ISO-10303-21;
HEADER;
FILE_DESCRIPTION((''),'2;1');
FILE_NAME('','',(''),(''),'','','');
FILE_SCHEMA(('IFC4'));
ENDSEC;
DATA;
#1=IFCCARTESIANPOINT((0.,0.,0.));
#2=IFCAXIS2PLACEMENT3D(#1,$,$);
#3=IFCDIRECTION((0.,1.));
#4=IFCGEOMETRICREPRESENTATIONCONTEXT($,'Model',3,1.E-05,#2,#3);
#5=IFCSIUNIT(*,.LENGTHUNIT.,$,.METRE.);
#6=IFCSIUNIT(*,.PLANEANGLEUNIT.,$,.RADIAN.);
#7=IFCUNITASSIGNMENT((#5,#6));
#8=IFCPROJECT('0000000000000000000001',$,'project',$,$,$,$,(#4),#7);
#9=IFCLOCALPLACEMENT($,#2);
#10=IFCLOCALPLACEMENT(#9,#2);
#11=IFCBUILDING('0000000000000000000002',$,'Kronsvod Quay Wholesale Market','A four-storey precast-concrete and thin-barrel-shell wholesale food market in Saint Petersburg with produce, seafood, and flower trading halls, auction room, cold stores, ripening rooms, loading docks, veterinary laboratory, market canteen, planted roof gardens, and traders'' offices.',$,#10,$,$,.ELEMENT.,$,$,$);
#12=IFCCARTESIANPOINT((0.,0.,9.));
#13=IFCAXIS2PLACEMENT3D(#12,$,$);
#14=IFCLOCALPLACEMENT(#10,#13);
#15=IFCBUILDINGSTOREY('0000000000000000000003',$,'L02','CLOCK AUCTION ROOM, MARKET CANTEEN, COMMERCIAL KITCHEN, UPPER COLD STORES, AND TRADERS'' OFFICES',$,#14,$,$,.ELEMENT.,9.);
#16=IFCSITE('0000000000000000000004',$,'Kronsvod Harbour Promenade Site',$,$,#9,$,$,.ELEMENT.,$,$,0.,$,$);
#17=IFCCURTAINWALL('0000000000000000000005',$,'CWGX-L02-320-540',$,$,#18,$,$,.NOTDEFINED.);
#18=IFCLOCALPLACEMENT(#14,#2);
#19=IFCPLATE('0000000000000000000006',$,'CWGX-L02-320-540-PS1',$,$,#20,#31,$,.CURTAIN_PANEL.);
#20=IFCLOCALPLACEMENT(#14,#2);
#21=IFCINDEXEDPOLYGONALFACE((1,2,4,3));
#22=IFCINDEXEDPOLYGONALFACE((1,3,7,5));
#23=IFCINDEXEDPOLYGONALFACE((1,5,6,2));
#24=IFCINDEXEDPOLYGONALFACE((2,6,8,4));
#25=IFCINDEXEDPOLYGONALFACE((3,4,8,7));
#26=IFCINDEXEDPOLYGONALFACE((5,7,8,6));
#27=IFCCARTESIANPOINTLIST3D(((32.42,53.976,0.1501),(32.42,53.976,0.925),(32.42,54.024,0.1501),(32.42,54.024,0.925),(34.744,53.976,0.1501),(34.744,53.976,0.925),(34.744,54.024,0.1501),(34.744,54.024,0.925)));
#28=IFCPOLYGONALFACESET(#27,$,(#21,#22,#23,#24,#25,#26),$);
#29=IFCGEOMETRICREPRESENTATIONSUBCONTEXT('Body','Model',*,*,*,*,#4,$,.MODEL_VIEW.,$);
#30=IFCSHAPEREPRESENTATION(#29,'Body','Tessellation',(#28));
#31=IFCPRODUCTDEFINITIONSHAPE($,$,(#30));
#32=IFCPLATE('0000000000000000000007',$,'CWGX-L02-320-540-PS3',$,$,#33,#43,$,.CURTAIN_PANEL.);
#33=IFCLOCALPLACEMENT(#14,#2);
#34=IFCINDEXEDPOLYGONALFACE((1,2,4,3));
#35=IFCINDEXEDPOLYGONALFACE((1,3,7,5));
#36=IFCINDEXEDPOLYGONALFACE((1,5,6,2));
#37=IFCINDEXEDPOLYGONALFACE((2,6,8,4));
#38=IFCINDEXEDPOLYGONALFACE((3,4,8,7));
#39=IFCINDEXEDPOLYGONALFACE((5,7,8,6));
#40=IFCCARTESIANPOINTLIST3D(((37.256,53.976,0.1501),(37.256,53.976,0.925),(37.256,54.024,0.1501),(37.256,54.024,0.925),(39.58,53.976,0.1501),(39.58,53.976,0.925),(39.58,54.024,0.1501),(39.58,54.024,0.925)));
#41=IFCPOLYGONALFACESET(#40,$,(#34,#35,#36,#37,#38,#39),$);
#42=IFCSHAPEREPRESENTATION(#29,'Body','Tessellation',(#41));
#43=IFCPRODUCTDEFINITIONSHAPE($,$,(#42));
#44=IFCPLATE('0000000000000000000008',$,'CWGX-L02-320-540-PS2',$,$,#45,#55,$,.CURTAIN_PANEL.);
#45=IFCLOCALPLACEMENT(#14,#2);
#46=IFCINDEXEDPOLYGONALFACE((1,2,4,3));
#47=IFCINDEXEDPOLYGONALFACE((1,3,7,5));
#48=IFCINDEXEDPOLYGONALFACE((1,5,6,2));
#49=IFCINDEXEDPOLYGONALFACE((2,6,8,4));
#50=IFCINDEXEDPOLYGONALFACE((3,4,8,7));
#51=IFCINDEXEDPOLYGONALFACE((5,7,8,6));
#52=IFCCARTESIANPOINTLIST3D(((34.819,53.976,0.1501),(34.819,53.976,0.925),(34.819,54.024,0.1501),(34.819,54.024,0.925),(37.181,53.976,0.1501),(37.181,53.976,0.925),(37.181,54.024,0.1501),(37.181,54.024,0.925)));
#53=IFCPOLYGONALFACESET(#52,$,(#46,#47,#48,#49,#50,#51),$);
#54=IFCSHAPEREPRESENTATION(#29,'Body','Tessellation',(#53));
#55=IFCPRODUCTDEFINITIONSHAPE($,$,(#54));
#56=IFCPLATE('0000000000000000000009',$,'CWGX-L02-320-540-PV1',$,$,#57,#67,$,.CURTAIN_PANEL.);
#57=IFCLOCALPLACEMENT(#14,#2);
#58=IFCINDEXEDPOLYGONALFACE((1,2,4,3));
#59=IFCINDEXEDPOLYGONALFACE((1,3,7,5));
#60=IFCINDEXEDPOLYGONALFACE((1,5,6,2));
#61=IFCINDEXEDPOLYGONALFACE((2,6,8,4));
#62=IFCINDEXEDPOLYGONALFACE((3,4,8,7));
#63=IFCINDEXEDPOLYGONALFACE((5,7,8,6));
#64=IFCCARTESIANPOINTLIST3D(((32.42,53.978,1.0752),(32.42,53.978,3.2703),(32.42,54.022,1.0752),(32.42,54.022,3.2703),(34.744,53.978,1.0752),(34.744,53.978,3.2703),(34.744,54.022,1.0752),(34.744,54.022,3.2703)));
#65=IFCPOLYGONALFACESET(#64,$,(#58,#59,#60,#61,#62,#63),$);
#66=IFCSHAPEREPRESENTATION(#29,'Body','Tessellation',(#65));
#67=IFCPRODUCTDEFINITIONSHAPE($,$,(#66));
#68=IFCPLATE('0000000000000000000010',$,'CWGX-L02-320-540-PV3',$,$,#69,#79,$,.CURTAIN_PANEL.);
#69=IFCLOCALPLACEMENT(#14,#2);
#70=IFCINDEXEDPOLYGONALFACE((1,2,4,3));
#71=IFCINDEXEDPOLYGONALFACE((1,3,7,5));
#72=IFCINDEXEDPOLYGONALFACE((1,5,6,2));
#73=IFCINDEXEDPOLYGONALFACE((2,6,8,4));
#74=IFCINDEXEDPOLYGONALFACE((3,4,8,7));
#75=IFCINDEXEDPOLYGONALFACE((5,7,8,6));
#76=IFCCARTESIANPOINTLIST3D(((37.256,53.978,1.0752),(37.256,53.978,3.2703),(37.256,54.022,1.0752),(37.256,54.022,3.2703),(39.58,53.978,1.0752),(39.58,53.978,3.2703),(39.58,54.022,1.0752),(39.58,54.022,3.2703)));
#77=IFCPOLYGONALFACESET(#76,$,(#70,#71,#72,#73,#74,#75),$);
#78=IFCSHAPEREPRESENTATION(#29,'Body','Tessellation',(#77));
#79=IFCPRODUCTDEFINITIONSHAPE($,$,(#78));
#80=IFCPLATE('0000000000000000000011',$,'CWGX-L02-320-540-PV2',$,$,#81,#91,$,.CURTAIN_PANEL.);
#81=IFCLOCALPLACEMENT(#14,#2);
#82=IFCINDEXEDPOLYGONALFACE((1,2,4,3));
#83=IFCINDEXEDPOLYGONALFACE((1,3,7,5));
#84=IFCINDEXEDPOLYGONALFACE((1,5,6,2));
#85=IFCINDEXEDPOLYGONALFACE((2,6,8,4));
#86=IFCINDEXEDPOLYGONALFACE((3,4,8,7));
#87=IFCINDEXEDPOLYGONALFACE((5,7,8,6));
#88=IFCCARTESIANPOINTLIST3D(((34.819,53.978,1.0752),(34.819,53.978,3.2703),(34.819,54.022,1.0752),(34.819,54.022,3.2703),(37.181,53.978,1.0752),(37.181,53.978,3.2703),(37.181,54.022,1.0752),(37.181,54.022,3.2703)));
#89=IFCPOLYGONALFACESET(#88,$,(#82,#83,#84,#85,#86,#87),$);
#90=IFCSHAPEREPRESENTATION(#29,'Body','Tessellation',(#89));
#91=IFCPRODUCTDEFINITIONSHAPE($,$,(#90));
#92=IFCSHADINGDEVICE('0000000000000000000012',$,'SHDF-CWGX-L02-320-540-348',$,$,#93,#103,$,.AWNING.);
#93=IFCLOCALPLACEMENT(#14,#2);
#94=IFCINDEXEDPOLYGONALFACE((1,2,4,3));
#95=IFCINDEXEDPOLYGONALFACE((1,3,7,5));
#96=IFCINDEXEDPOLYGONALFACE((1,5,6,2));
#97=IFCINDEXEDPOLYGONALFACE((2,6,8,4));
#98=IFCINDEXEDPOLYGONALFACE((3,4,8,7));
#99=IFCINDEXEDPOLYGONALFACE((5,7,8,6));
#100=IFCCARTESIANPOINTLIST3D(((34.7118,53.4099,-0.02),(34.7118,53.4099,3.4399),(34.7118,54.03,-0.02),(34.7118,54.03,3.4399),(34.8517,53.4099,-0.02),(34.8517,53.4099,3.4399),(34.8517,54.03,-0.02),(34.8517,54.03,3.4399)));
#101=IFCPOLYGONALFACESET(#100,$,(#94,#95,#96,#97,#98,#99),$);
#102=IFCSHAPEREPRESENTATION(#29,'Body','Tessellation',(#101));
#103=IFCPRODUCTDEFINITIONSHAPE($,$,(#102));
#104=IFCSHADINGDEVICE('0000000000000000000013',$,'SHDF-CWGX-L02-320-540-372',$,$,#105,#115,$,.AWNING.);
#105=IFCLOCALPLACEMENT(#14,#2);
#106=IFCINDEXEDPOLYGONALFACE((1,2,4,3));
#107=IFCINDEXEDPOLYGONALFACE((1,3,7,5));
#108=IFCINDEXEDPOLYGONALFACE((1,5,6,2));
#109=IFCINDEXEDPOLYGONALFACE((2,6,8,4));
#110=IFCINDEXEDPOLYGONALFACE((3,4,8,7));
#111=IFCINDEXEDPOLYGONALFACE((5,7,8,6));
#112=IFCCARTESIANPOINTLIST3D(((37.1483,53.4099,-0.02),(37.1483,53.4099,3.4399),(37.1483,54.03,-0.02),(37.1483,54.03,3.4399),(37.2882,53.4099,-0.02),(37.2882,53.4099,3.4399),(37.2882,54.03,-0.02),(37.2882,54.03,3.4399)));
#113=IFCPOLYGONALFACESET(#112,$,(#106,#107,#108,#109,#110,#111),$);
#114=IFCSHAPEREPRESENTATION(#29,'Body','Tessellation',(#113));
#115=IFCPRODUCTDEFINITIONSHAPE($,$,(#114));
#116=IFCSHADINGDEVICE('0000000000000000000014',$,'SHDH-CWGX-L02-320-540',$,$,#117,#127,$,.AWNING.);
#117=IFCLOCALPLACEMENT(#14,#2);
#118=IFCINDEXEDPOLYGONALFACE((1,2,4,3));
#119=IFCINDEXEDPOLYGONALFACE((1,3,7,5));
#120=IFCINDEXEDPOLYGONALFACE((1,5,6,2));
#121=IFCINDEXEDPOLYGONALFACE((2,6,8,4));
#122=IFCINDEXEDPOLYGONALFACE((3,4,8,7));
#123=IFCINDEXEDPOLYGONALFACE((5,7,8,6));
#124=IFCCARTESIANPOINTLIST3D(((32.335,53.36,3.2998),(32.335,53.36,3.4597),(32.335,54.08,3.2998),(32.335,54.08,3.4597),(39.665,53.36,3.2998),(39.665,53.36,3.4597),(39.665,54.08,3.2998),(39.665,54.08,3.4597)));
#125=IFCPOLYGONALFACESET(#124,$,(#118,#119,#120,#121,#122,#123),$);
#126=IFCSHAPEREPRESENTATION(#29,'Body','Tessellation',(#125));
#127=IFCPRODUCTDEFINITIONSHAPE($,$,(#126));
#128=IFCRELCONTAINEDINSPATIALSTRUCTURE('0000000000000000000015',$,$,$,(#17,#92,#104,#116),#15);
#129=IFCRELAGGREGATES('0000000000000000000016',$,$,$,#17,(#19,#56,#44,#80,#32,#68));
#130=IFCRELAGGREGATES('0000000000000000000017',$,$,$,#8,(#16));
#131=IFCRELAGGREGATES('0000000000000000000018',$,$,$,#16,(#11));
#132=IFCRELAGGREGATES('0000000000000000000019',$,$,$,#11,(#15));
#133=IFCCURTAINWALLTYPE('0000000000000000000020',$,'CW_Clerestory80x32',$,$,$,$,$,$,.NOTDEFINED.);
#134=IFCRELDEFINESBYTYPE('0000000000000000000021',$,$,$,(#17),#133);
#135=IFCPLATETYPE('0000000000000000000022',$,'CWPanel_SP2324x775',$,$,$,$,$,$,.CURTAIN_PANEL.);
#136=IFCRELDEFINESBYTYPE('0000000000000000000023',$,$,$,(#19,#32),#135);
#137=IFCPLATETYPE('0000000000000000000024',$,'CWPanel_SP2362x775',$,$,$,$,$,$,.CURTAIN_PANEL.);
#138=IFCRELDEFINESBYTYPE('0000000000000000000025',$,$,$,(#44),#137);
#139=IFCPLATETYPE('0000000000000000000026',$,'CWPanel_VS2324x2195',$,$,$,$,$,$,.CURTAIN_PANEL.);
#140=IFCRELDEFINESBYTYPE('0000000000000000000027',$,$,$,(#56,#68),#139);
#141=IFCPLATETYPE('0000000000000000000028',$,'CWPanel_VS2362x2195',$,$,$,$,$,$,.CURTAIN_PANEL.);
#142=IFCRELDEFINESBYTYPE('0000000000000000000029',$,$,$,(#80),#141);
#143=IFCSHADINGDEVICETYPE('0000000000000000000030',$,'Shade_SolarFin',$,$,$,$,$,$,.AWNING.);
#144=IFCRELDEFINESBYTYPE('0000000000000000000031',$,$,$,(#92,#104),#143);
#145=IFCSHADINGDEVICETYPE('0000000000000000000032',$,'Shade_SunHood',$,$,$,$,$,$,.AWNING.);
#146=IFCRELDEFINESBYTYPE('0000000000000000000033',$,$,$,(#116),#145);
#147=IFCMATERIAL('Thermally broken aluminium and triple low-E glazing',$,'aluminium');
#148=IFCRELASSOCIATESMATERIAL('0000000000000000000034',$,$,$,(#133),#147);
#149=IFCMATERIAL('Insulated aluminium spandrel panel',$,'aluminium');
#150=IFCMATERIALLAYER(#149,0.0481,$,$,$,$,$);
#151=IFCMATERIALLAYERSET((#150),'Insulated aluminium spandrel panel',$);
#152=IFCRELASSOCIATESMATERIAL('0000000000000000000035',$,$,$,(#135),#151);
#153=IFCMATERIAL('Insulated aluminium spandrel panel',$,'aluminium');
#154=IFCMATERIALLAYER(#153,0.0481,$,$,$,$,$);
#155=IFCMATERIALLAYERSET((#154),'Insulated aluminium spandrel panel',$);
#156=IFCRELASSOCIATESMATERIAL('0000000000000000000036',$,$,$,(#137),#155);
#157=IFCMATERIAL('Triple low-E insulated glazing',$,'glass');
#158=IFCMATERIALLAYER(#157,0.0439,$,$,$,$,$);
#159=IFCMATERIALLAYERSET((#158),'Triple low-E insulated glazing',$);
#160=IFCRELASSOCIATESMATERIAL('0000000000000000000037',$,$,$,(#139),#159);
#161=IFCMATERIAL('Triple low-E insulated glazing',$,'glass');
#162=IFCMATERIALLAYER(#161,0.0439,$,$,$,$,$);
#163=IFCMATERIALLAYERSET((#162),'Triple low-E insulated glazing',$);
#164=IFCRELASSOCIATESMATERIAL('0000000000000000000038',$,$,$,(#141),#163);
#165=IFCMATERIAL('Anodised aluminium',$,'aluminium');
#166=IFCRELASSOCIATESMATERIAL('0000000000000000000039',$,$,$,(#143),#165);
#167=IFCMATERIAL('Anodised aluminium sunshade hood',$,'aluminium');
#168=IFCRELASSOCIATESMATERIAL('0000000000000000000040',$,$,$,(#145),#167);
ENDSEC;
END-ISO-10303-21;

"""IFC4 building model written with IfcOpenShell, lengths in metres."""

from ifc_helpers import new_model, si_unit, direction, frame, origin, origin_2d, place, context, subcontext, project, spatial, rectangle, extrude, material, layer, layer_set, type_object, element, aggregate, save


model = new_model("IFC4")

# Units and contexts
model_context = context("Model", 3, precision=1e-05, world=origin(), true_north=direction((0.0, 1.0)))
body_context = subcontext(model_context, "Body", "Model", "MODEL_VIEW")
ifc_project = project(units=[si_unit("LENGTHUNIT", "METRE"), si_unit("PLANEANGLEUNIT", "RADIAN")], contexts=[model_context])

# Site, building, storey
site_placement = place(None, origin())
site = spatial("IfcSite", under=ifc_project, at=site_placement, Name="Kronsvod Harbour Promenade Site", CompositionType="ELEMENT", RefElevation=0.0)
building_placement = place(site_placement, origin())
building = spatial("IfcBuilding", under=site, at=building_placement, Name="Kronsvod Quay Wholesale Market", Description="A four-storey precast-concrete and thin-barrel-shell wholesale food market in Saint Petersburg with produce, seafood, and flower trading halls, auction room, cold stores, ripening rooms, loading docks, veterinary laboratory, market canteen, planted roof gardens, and traders' offices.", CompositionType="ELEMENT")
storey_placement = place(building_placement, frame((0.0, 0.0, 9.0)))
storey = spatial("IfcBuildingStorey", under=building, at=storey_placement, Name="L02", Description="CLOCK AUCTION ROOM, MARKET CANTEEN, COMMERCIAL KITCHEN, UPPER COLD STORES, AND TRADERS' OFFICES", CompositionType="ELEMENT", Elevation=9.0)

# Curtain wall, plates
ifc_material_1 = material(Name="Thermally broken aluminium and triple low-E glazing", Category="aluminium")
curtain_wall_type = type_object("IfcCurtainWallType", Name="CW_Clerestory80x32", PredefinedType="NOTDEFINED", material=ifc_material_1)
curtain_wall_placement = place(storey_placement, origin())
curtain_wall = element("IfcCurtainWall", 1, at=curtain_wall_placement, inside=storey, type_object=curtain_wall_type, Name="CWGX-L02-320-540", PredefinedType="NOTDEFINED")
ifc_material_2 = material(Name="Insulated aluminium spandrel panel", Category="aluminium")
ifc_layer_1 = layer(ifc_material_2, 0.0481)
ifc_layer_set_1 = layer_set([ifc_layer_1], Name="Insulated aluminium spandrel panel")
plate_type_1 = type_object("IfcPlateType", Name="CWPanel_SP2324x775", PredefinedType="CURTAIN_PANEL", material=ifc_layer_set_1)
plate_1_placement = place(storey_placement, frame((33.582, 54.0, 0.1501), z_axis=(0.0, 0.0, 1.0), x_axis=(1.0, 0.0, 0.0)))
plate_1 = element("IfcPlate", 2, at=plate_1_placement, type_object=plate_type_1, Name="CWGX-L02-320-540-PS1", PredefinedType="CURTAIN_PANEL", context=body_context, shape_type="SweptSolid", body=[
    extrude(rectangle(XDim=2.324, YDim=0.0481, at=origin_2d()), origin(), (0.0, 0.0, 1.0), 0.7749),
])
plate_2_placement = place(storey_placement, frame((38.418, 54.0, 0.1501), z_axis=(0.0, 0.0, 1.0), x_axis=(1.0, 0.0, 0.0)))
plate_2 = element("IfcPlate", 3, at=plate_2_placement, type_object=plate_type_1, Name="CWGX-L02-320-540-PS3", PredefinedType="CURTAIN_PANEL", context=body_context, shape_type="SweptSolid", body=[
    extrude(rectangle(XDim=2.324, YDim=0.0481, at=origin_2d()), origin(), (0.0, 0.0, 1.0), 0.7749),
])
ifc_material_3 = material(Name="Insulated aluminium spandrel panel", Category="aluminium")
ifc_layer_2 = layer(ifc_material_3, 0.0481)
ifc_layer_set_2 = layer_set([ifc_layer_2], Name="Insulated aluminium spandrel panel")
plate_type_2 = type_object("IfcPlateType", Name="CWPanel_SP2362x775", PredefinedType="CURTAIN_PANEL", material=ifc_layer_set_2)
plate_3_placement = place(storey_placement, frame((36.0, 54.0, 0.1501), z_axis=(0.0, 0.0, 1.0), x_axis=(1.0, 0.0, 0.0)))
plate_3 = element("IfcPlate", 4, at=plate_3_placement, type_object=plate_type_2, Name="CWGX-L02-320-540-PS2", PredefinedType="CURTAIN_PANEL", context=body_context, shape_type="SweptSolid", body=[
    extrude(rectangle(XDim=2.3621, YDim=0.0481, at=origin_2d()), origin(), (0.0, 0.0, 1.0), 0.7749),
])
ifc_material_4 = material(Name="Triple low-E insulated glazing", Category="glass")
ifc_layer_3 = layer(ifc_material_4, 0.0439)
ifc_layer_set_3 = layer_set([ifc_layer_3], Name="Triple low-E insulated glazing")
plate_type_3 = type_object("IfcPlateType", Name="CWPanel_VS2324x2195", PredefinedType="CURTAIN_PANEL", material=ifc_layer_set_3)
plate_4_placement = place(storey_placement, frame((33.582, 54.0, 1.0752), z_axis=(0.0, 0.0, 1.0), x_axis=(1.0, 0.0, 0.0)))
plate_4 = element("IfcPlate", 5, at=plate_4_placement, type_object=plate_type_3, Name="CWGX-L02-320-540-PV1", PredefinedType="CURTAIN_PANEL", context=body_context, shape_type="SweptSolid", body=[
    extrude(rectangle(XDim=2.324, YDim=0.0439, at=origin_2d()), origin(), (0.0, 0.0, 1.0), 2.1951),
])
plate_5_placement = place(storey_placement, frame((38.418, 54.0, 1.0752), z_axis=(0.0, 0.0, 1.0), x_axis=(1.0, 0.0, 0.0)))
plate_5 = element("IfcPlate", 6, at=plate_5_placement, type_object=plate_type_3, Name="CWGX-L02-320-540-PV3", PredefinedType="CURTAIN_PANEL", context=body_context, shape_type="SweptSolid", body=[
    extrude(rectangle(XDim=2.324, YDim=0.0439, at=origin_2d()), origin(), (0.0, 0.0, 1.0), 2.1951),
])
ifc_material_5 = material(Name="Triple low-E insulated glazing", Category="glass")
ifc_layer_4 = layer(ifc_material_5, 0.0439)
ifc_layer_set_4 = layer_set([ifc_layer_4], Name="Triple low-E insulated glazing")
plate_type_4 = type_object("IfcPlateType", Name="CWPanel_VS2362x2195", PredefinedType="CURTAIN_PANEL", material=ifc_layer_set_4)
plate_6_placement = place(storey_placement, frame((36.0, 54.0, 1.0752), z_axis=(0.0, 0.0, 1.0), x_axis=(1.0, 0.0, 0.0)))
plate_6 = element("IfcPlate", 7, at=plate_6_placement, type_object=plate_type_4, Name="CWGX-L02-320-540-PV2", PredefinedType="CURTAIN_PANEL", context=body_context, shape_type="SweptSolid", body=[
    extrude(rectangle(XDim=2.3621, YDim=0.0439, at=origin_2d()), origin(), (0.0, 0.0, 1.0), 2.1951),
])
aggregate(curtain_wall, [plate_1, plate_4, plate_3, plate_6, plate_2, plate_5])

# Shading devices
ifc_material_6 = material(Name="Anodised aluminium", Category="aluminium")
shading_device_type_1 = type_object("IfcShadingDeviceType", Name="Shade_SolarFin", PredefinedType="AWNING", material=ifc_material_6)
for number, where, z_axis, x_axis, name in (
    (8, (34.7817, 53.72, -0.02), (0.0, 0.0, 1.0), (1.0, 0.0, 0.0), "SHDF-CWGX-L02-320-540-348"),
    (9, (37.2183, 53.72, -0.02), (0.0, 0.0, 1.0), (1.0, 0.0, 0.0), "SHDF-CWGX-L02-320-540-372"),
):
    element("IfcShadingDevice", number, at=place(storey_placement, frame(where, z_axis=z_axis, x_axis=x_axis)), inside=storey, type_object=shading_device_type_1, Name=name, PredefinedType="AWNING", context=body_context, shape_type="SweptSolid", body=[
        extrude(rectangle(XDim=0.1399, YDim=0.6201, at=origin_2d()), origin(), (0.0, 0.0, 1.0), 3.46),
    ])
ifc_material_7 = material(Name="Anodised aluminium sunshade hood", Category="aluminium")
shading_device_type_2 = type_object("IfcShadingDeviceType", Name="Shade_SunHood", PredefinedType="AWNING", material=ifc_material_7)
shading_device_placement = place(storey_placement, frame((36.0, 53.72, 3.2998), z_axis=(0.0, 0.0, 1.0), x_axis=(1.0, 0.0, 0.0)))
element("IfcShadingDevice", 10, at=shading_device_placement, inside=storey, type_object=shading_device_type_2, Name="SHDH-CWGX-L02-320-540", PredefinedType="AWNING", context=body_context, shape_type="SweptSolid", body=[
    extrude(rectangle(XDim=7.3301, YDim=0.72, at=origin_2d()), origin(), (0.0, 0.0, 1.0), 0.1599),
])

save(model, "model.ifc")
